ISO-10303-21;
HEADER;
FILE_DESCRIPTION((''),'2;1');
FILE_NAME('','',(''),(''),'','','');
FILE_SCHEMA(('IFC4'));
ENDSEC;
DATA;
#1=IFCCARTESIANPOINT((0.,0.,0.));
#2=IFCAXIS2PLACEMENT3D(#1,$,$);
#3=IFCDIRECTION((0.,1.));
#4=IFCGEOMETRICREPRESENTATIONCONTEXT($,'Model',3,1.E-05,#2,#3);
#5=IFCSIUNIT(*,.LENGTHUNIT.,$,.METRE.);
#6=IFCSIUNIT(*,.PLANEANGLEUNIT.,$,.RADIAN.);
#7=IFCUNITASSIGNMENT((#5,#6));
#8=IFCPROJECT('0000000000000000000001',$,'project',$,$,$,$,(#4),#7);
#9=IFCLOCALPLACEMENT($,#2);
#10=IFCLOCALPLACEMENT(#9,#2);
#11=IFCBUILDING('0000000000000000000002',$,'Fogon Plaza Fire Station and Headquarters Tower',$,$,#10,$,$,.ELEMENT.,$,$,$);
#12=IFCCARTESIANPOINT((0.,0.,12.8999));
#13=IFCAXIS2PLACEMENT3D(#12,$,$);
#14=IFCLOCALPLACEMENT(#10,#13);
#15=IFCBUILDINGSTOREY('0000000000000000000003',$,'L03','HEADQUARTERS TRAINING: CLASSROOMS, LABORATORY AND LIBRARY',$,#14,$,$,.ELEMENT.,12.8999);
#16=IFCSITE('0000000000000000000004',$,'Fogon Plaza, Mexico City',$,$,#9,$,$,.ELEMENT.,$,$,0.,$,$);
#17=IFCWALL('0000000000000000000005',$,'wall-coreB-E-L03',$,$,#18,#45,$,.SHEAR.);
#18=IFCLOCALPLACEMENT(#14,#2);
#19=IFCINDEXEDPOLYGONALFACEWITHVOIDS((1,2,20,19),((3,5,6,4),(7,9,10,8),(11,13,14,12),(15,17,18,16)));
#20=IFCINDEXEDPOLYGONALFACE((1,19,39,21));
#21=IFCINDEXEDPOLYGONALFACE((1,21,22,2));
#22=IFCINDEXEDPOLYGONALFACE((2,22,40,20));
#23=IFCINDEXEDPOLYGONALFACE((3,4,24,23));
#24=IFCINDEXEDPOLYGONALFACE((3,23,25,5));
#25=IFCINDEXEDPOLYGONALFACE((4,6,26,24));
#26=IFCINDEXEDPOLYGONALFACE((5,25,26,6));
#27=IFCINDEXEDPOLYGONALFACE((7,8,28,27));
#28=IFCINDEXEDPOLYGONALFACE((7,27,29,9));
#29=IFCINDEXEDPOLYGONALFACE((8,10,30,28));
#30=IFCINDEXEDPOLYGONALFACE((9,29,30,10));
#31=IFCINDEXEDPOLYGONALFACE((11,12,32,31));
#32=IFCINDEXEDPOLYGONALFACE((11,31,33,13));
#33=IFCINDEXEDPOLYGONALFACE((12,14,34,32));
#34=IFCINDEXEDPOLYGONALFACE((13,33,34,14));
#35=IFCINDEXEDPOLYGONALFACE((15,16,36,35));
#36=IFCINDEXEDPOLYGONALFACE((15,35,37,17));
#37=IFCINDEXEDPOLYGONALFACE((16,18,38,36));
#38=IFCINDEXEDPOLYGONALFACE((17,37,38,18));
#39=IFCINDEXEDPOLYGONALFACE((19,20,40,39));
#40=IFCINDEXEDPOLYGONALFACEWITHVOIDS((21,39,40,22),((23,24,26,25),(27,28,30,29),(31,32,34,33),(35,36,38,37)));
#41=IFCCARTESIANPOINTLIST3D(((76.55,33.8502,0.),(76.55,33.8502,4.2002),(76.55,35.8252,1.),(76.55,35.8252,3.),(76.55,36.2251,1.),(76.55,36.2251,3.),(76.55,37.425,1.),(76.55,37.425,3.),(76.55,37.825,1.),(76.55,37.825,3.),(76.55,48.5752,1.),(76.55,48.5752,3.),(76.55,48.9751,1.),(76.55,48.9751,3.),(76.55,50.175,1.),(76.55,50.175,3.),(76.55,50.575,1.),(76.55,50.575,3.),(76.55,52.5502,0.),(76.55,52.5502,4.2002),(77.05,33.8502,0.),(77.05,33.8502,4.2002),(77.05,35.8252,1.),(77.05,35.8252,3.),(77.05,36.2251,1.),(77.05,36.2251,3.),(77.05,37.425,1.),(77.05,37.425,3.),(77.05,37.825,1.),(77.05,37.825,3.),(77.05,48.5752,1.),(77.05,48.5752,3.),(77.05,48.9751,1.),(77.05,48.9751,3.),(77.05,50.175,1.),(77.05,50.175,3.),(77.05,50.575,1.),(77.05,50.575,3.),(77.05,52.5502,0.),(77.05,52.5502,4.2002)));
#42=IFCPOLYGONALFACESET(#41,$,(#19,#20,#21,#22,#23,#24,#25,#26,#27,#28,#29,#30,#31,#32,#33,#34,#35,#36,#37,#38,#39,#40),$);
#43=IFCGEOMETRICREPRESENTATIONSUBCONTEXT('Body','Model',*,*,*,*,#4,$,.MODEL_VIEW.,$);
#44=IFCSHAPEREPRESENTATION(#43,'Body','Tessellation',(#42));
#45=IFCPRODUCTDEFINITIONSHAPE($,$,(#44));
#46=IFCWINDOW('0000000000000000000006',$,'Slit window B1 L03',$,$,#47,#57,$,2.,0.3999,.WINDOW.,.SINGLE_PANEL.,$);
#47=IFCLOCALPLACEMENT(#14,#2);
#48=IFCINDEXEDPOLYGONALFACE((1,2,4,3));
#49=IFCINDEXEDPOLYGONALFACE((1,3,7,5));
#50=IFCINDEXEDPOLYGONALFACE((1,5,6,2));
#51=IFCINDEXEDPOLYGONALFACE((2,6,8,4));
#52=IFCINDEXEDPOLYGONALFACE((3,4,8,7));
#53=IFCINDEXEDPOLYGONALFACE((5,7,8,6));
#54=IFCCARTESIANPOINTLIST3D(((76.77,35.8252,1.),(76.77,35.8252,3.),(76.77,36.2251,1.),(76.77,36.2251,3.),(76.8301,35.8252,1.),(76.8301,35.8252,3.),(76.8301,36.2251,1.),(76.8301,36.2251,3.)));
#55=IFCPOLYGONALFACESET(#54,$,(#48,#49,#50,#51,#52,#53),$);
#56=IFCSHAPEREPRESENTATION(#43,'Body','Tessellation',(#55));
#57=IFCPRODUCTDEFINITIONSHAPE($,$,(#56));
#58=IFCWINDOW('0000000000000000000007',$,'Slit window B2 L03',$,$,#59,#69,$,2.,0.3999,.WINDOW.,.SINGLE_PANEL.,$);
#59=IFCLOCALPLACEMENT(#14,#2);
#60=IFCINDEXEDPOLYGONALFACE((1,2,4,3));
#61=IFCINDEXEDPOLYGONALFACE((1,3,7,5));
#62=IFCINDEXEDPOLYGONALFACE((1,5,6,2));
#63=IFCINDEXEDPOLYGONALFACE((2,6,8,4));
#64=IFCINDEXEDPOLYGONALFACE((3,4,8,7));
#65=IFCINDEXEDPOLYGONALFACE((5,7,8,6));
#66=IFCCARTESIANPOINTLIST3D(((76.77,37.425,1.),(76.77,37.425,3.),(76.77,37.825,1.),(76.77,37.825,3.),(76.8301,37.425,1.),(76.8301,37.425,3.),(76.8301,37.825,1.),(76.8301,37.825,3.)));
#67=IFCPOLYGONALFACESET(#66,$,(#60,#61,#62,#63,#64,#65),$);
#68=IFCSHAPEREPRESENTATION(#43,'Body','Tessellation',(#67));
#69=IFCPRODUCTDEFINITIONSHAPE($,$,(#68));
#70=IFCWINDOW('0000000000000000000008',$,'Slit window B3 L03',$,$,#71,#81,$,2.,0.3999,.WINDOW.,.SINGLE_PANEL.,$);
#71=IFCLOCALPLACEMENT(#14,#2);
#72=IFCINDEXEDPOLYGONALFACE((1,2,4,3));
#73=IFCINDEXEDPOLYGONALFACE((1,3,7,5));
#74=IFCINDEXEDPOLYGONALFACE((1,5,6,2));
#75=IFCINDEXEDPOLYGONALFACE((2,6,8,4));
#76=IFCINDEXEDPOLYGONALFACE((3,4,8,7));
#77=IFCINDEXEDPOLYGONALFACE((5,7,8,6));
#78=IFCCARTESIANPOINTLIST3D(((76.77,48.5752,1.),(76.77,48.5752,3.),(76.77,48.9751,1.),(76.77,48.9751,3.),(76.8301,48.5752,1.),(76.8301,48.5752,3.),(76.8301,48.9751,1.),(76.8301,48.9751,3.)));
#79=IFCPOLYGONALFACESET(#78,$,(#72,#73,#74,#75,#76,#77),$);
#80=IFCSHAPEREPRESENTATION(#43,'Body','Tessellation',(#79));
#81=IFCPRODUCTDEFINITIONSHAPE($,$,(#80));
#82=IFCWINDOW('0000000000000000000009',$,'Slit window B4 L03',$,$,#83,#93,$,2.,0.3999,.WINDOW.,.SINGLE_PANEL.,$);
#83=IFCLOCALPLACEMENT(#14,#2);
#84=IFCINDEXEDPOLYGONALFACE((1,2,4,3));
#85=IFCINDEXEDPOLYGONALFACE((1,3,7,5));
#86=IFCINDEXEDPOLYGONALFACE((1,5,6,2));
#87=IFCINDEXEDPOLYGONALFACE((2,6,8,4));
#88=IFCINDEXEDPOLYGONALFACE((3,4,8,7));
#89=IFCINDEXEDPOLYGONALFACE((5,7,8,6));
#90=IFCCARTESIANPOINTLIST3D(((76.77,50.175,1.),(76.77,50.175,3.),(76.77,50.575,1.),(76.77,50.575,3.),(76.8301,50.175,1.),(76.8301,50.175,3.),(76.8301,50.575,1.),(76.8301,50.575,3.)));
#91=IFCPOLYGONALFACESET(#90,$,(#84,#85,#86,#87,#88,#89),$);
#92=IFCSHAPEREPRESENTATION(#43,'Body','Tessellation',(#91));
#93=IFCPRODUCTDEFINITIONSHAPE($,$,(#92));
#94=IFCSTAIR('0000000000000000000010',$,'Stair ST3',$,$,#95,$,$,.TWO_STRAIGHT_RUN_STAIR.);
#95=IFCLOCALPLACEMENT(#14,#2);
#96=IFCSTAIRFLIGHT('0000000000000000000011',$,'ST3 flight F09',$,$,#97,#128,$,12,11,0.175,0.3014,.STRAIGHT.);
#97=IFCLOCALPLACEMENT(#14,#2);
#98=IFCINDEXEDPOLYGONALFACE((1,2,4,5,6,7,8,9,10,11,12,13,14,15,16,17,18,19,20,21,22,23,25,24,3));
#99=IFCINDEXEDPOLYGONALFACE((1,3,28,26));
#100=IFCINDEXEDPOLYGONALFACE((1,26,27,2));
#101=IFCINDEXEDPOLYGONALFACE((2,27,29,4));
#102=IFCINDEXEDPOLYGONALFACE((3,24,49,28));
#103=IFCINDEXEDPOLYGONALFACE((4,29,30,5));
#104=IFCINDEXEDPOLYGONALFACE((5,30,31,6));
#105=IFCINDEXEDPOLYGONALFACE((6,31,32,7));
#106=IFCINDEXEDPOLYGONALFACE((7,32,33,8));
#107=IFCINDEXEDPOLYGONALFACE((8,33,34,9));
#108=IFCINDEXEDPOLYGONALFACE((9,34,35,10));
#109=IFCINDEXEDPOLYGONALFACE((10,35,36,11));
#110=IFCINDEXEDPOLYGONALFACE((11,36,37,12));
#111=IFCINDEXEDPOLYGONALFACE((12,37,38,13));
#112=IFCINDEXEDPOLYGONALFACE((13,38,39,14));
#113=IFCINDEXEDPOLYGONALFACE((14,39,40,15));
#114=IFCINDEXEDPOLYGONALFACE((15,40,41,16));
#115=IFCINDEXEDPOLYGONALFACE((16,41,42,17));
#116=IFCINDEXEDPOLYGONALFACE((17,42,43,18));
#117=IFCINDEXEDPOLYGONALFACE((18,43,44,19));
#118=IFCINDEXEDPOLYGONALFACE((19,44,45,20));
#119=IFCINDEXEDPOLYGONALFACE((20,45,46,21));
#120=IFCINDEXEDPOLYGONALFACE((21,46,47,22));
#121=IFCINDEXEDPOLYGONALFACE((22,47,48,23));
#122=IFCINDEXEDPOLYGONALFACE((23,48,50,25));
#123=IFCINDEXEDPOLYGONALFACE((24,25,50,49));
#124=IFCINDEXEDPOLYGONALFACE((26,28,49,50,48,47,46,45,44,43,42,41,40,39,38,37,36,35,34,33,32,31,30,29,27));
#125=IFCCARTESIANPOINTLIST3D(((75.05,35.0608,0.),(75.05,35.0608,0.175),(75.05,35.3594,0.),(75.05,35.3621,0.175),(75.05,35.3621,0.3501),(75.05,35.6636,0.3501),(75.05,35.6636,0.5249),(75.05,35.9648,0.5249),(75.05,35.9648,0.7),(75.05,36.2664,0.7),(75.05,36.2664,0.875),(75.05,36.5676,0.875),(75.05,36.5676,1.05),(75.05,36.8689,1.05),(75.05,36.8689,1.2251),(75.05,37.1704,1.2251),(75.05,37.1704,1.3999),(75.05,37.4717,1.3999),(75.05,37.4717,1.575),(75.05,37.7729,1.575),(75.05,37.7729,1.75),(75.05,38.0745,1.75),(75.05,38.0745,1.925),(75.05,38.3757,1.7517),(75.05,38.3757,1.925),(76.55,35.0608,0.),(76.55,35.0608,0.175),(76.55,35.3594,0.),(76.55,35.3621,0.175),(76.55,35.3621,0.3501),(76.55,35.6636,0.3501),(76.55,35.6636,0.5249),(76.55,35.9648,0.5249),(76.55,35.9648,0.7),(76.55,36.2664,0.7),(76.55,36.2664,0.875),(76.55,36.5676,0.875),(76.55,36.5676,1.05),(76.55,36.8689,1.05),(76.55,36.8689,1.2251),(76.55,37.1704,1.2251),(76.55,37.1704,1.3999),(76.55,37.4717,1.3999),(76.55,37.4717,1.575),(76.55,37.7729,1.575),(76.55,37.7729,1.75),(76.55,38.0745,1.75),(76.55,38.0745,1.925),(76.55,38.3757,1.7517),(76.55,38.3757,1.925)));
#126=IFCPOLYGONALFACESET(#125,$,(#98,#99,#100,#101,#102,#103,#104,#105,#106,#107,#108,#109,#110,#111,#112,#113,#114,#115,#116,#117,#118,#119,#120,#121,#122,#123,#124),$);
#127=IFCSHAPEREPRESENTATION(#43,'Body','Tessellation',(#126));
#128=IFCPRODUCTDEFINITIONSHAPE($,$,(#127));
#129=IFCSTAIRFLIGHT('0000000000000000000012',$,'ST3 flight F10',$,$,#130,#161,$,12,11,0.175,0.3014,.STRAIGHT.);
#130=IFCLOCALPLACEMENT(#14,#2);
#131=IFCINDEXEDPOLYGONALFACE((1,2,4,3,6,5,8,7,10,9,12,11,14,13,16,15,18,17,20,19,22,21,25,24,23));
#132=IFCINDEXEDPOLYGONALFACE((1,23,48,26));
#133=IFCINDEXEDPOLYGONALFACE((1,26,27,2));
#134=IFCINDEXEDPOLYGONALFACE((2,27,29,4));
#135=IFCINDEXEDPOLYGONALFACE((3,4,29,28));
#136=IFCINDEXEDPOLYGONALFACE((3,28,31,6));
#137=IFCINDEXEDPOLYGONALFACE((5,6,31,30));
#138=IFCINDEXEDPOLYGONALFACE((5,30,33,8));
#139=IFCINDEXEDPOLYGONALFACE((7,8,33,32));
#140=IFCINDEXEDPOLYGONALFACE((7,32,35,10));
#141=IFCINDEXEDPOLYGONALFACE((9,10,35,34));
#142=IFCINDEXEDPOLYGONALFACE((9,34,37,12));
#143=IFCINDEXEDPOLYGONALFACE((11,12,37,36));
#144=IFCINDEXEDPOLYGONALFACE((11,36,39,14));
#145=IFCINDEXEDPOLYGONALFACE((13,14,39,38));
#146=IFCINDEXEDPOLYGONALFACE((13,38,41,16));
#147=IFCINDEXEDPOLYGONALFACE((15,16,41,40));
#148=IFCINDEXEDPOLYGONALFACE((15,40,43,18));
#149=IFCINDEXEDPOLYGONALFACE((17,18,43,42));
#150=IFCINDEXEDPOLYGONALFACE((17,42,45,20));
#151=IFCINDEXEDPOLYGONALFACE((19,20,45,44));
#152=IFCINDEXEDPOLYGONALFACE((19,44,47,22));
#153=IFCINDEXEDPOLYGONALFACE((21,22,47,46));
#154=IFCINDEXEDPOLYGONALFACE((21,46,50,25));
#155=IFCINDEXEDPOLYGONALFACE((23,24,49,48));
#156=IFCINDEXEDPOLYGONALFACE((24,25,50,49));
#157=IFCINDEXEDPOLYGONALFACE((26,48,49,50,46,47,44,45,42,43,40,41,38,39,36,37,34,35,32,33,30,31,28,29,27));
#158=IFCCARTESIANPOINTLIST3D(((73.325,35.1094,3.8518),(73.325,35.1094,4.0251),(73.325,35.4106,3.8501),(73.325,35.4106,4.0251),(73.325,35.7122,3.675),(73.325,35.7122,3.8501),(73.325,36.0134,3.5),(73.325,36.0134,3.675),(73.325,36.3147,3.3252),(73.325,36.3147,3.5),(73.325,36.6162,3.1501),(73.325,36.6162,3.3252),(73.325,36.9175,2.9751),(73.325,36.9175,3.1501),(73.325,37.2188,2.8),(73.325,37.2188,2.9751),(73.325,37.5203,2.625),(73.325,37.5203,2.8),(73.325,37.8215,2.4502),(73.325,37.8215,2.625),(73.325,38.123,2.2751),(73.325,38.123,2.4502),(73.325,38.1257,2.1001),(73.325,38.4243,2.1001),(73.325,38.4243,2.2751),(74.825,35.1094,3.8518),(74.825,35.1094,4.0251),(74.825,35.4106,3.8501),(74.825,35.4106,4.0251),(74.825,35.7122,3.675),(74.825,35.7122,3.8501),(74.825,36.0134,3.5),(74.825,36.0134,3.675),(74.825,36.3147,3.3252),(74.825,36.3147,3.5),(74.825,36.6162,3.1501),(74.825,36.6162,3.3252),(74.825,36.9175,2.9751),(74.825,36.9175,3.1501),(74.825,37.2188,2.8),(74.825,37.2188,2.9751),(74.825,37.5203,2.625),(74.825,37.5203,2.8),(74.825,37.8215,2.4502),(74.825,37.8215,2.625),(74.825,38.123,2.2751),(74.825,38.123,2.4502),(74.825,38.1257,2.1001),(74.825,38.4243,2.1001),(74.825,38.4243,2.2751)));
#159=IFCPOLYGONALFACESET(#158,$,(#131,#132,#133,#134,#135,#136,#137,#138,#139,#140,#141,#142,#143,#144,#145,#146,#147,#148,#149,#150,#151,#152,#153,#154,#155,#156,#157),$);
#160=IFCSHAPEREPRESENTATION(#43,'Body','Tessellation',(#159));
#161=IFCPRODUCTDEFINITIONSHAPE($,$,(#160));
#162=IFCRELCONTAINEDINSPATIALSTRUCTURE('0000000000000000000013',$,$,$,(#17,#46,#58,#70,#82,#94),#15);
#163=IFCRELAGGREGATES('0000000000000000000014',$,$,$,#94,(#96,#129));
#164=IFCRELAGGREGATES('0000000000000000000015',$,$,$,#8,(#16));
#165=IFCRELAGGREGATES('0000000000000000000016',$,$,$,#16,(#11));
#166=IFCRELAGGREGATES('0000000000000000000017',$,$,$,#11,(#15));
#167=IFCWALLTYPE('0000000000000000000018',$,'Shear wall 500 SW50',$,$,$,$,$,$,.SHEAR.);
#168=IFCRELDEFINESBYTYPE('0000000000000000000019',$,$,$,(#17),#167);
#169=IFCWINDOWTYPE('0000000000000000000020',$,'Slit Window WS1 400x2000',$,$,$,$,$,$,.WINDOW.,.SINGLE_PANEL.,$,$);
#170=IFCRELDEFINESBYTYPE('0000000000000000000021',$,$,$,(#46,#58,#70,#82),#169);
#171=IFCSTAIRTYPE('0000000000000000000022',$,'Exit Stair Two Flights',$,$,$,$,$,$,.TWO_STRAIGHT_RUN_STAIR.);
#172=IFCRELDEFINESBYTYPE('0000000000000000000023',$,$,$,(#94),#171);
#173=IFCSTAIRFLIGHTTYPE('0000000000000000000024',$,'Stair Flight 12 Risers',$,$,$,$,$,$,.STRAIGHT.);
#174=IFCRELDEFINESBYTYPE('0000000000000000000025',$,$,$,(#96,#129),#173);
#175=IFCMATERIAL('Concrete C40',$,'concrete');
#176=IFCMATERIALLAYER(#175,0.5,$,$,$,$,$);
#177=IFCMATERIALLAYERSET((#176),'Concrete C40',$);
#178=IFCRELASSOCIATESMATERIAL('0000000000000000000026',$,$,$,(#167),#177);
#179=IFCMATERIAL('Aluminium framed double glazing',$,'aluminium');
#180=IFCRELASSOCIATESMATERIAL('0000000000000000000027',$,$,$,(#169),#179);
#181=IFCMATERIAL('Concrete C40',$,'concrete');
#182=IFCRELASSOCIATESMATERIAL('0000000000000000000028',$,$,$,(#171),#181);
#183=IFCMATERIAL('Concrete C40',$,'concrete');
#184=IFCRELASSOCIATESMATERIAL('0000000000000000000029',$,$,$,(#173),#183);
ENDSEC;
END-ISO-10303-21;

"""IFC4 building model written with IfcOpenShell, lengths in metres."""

from ifc_helpers import new_model, si_unit, direction, frame, frame_2d, origin, place, context, subcontext, project, spatial, polyline, rectangle, outline, extrude, material, layer, layer_set, type_object, element, fill, aggregate, save


model = new_model("IFC4")

# Units and contexts
model_context = context("Model", 3, precision=1e-05, world=origin(), true_north=direction((0.0, 1.0)))
body_context = subcontext(model_context, "Body", "Model", "MODEL_VIEW")
ifc_project = project(units=[si_unit("LENGTHUNIT", "METRE"), si_unit("PLANEANGLEUNIT", "RADIAN")], contexts=[model_context])

# Site, building, storey
site_placement = place(None, origin())
site = spatial("IfcSite", under=ifc_project, at=site_placement, Name="Fogon Plaza, Mexico City", CompositionType="ELEMENT", RefElevation=0.0)
building_placement = place(site_placement, origin())
building = spatial("IfcBuilding", under=site, at=building_placement, Name="Fogon Plaza Fire Station and Headquarters Tower", CompositionType="ELEMENT")
storey_placement = place(building_placement, frame((0.0, 0.0, 12.8999)))
storey = spatial("IfcBuildingStorey", under=building, at=storey_placement, Name="L03", Description="HEADQUARTERS TRAINING: CLASSROOMS, LABORATORY AND LIBRARY", CompositionType="ELEMENT", Elevation=12.8999)

# Wall, openings, windows
ifc_material_1 = material(Name="Concrete C40", Category="concrete")
ifc_layer_1 = layer(ifc_material_1, 0.5)
ifc_layer_set_1 = layer_set([ifc_layer_1], Name="Concrete C40")
wall_type_1 = type_object("IfcWallType", Name="Shear wall 500 SW50", PredefinedType="SHEAR", material=ifc_layer_set_1)
wall_1_placement = place(storey_placement, frame((76.8, 33.8501, 0.0), z_axis=(0.0, 0.0, 1.0), x_axis=(0.0, 1.0, 0.0)))
wall_1 = element("IfcWall", 1, at=wall_1_placement, inside=storey, type_object=wall_type_1, Name="wall-coreB-E-L03", PredefinedType="SHEAR", context=body_context, shape_type="SweptSolid", body=[
    extrude(rectangle(XDim=18.7, YDim=0.5, at=frame_2d((9.3501, 0.0))), origin(), (0.0, 0.0, 1.0), 4.2002),
])
opening_1_placement = place(wall_1_placement, frame((1.9751, 0.0, 1.0)))
opening_1 = element("IfcOpeningElement", 2, at=opening_1_placement, cuts=wall_1, PredefinedType="OPENING", context=body_context, shape_type="SweptSolid", body=[
    extrude(rectangle(XDim=0.3999, YDim=2.0, at=frame_2d((0.2, 1.0))), frame((0.0, 0.26, 0.0), z_axis=(0.0, -1.0, 0.0), x_axis=(1.0, 0.0, 0.0)), (0.0, 0.0, 1.0), 0.52),
])
opening_2_placement = place(wall_1_placement, frame((3.575, 0.0, 1.0)))
opening_2 = element("IfcOpeningElement", 3, at=opening_2_placement, cuts=wall_1, PredefinedType="OPENING", context=body_context, shape_type="SweptSolid", body=[
    extrude(rectangle(XDim=0.3999, YDim=2.0, at=frame_2d((0.2, 1.0))), frame((0.0, 0.26, 0.0), z_axis=(0.0, -1.0, 0.0), x_axis=(1.0, 0.0, 0.0)), (0.0, 0.0, 1.0), 0.52),
])
opening_3_placement = place(wall_1_placement, frame((14.7251, 0.0, 1.0)))
opening_3 = element("IfcOpeningElement", 4, at=opening_3_placement, cuts=wall_1, PredefinedType="OPENING", context=body_context, shape_type="SweptSolid", body=[
    extrude(rectangle(XDim=0.3999, YDim=2.0, at=frame_2d((0.2, 1.0))), frame((0.0, 0.26, 0.0), z_axis=(0.0, -1.0, 0.0), x_axis=(1.0, 0.0, 0.0)), (0.0, 0.0, 1.0), 0.52),
])
opening_4_placement = place(wall_1_placement, frame((16.325, 0.0, 1.0)))
opening_4 = element("IfcOpeningElement", 5, at=opening_4_placement, cuts=wall_1, PredefinedType="OPENING", context=body_context, shape_type="SweptSolid", body=[
    extrude(rectangle(XDim=0.3999, YDim=2.0, at=frame_2d((0.2, 1.0))), frame((0.0, 0.26, 0.0), z_axis=(0.0, -1.0, 0.0), x_axis=(1.0, 0.0, 0.0)), (0.0, 0.0, 1.0), 0.52),
])
ifc_material_2 = material(Name="Aluminium framed double glazing", Category="aluminium")
window_type = type_object("IfcWindowType", Name="Slit Window WS1 400x2000", PartitioningType="SINGLE_PANEL", PredefinedType="WINDOW", material=ifc_material_2)
window_1_placement = place(opening_1_placement, origin())
window_1 = element("IfcWindow", 6, at=window_1_placement, inside=storey, type_object=window_type, Name="Slit window B1 L03", OverallHeight=2.0, OverallWidth=0.3999, PartitioningType="SINGLE_PANEL", PredefinedType="WINDOW", context=body_context, shape_type="SweptSolid", body=[
    extrude(rectangle(XDim=0.3999, YDim=2.0, at=frame_2d((0.2, 1.0))), frame((0.0, 0.03, 0.0), z_axis=(0.0, -1.0, 0.0), x_axis=(1.0, 0.0, 0.0)), (0.0, 0.0, 1.0), 0.0601),
])
fill(opening_1, window_1)
window_2_placement = place(opening_2_placement, origin())
window_2 = element("IfcWindow", 7, at=window_2_placement, inside=storey, type_object=window_type, Name="Slit window B2 L03", OverallHeight=2.0, OverallWidth=0.3999, PartitioningType="SINGLE_PANEL", PredefinedType="WINDOW", context=body_context, shape_type="SweptSolid", body=[
    extrude(rectangle(XDim=0.3999, YDim=2.0, at=frame_2d((0.2, 1.0))), frame((0.0, 0.03, 0.0), z_axis=(0.0, -1.0, 0.0), x_axis=(1.0, 0.0, 0.0)), (0.0, 0.0, 1.0), 0.0601),
])
fill(opening_2, window_2)
window_3_placement = place(opening_3_placement, origin())
window_3 = element("IfcWindow", 8, at=window_3_placement, inside=storey, type_object=window_type, Name="Slit window B3 L03", OverallHeight=2.0, OverallWidth=0.3999, PartitioningType="SINGLE_PANEL", PredefinedType="WINDOW", context=body_context, shape_type="SweptSolid", body=[
    extrude(rectangle(XDim=0.3999, YDim=2.0, at=frame_2d((0.2, 1.0))), frame((0.0, 0.03, 0.0), z_axis=(0.0, -1.0, 0.0), x_axis=(1.0, 0.0, 0.0)), (0.0, 0.0, 1.0), 0.0601),
])
fill(opening_3, window_3)
window_4_placement = place(opening_4_placement, origin())
window_4 = element("IfcWindow", 9, at=window_4_placement, inside=storey, type_object=window_type, Name="Slit window B4 L03", OverallHeight=2.0, OverallWidth=0.3999, PartitioningType="SINGLE_PANEL", PredefinedType="WINDOW", context=body_context, shape_type="SweptSolid", body=[
    extrude(rectangle(XDim=0.3999, YDim=2.0, at=frame_2d((0.2, 1.0))), frame((0.0, 0.03, 0.0), z_axis=(0.0, -1.0, 0.0), x_axis=(1.0, 0.0, 0.0)), (0.0, 0.0, 1.0), 0.0601),
])
fill(opening_4, window_4)

# Stair, stair flights
ifc_material_3 = material(Name="Concrete C40", Category="concrete")
stair_type = type_object("IfcStairType", Name="Exit Stair Two Flights", PredefinedType="TWO_STRAIGHT_RUN_STAIR", material=ifc_material_3)
stair_placement = place(storey_placement, origin())
stair = element("IfcStair", 10, at=stair_placement, inside=storey, type_object=stair_type, Name="Stair ST3", PredefinedType="TWO_STRAIGHT_RUN_STAIR")
ifc_material_4 = material(Name="Concrete C40", Category="concrete")
stair_flight_type = type_object("IfcStairFlightType", Name="Stair Flight 12 Risers", PredefinedType="STRAIGHT", material=ifc_material_4)
stair_flight_1_placement = place(storey_placement, frame((75.8, 35.0608, 0.0), z_axis=(0.0, 0.0, 1.0), x_axis=(0.0, 1.0, 0.0)))
stair_flight_1 = element("IfcStairFlight", 11, at=stair_flight_1_placement, type_object=stair_flight_type, Name="ST3 flight F09", NumberOfRisers=12, NumberOfTreads=11, PredefinedType="STRAIGHT", RiserHeight=0.175, TreadLength=0.3014, context=body_context, shape_type="SweptSolid", body=[
    extrude(outline(polyline([(0.0, 0.0), (0.0, 0.175), (0.3013, 0.175), (0.3013, 0.3501), (0.6028, 0.3501), (0.6028, 0.5249), (0.9041, 0.5249), (0.9041, 0.7), (1.2056, 0.7), (1.2056, 0.875), (1.5068, 0.875), (1.5068, 1.05), (1.8081, 1.05), (1.8081, 1.2251), (2.1096, 1.2251), (2.1096, 1.3999), (2.4109, 1.3999), (2.4109, 1.575), (2.7122, 1.575), (2.7122, 1.75), (3.0137, 1.75), (3.0137, 1.925), (3.3149, 1.925), (3.3149, 2.1001), (3.3149, 1.7517), (0.2986, 0.0), (0.0, 0.0)])), frame((0.0, 0.75, 0.0), z_axis=(0.0, -1.0, 0.0), x_axis=(1.0, 0.0, 0.0)), (0.0, 0.0, 1.0), 1.5),
])
stair_flight_2_placement = place(storey_placement, frame((74.075, 38.4243, 2.1001), z_axis=(0.0, 0.0, 1.0), x_axis=(0.0, -1.0, 0.0)))
stair_flight_2 = element("IfcStairFlight", 12, at=stair_flight_2_placement, type_object=stair_flight_type, Name="ST3 flight F10", NumberOfRisers=12, NumberOfTreads=11, PredefinedType="STRAIGHT", RiserHeight=0.175, TreadLength=0.3014, context=body_context, shape_type="SweptSolid", body=[
    extrude(outline(polyline([(0.0, 0.0), (0.0, 0.175), (0.3013, 0.175), (0.3013, 0.3501), (0.6028, 0.3501), (0.6028, 0.5249), (0.9041, 0.5249), (0.9041, 0.7), (1.2056, 0.7), (1.2056, 0.875), (1.5068, 0.875), (1.5068, 1.05), (1.8081, 1.05), (1.8081, 1.2251), (2.1096, 1.2251), (2.1096, 1.3999), (2.4109, 1.3999), (2.4109, 1.575), (2.7122, 1.575), (2.7122, 1.75), (3.0137, 1.75), (3.0137, 1.925), (3.3149, 1.925), (3.3149, 2.1001), (3.3149, 1.7517), (0.2986, 0.0), (0.0, 0.0)])), frame((0.0, 0.75, 0.0), z_axis=(0.0, -1.0, 0.0), x_axis=(1.0, 0.0, 0.0)), (0.0, 0.0, 1.0), 1.5),
])
aggregate(stair, [stair_flight_1, stair_flight_2])

save(model, "model.ifc")
